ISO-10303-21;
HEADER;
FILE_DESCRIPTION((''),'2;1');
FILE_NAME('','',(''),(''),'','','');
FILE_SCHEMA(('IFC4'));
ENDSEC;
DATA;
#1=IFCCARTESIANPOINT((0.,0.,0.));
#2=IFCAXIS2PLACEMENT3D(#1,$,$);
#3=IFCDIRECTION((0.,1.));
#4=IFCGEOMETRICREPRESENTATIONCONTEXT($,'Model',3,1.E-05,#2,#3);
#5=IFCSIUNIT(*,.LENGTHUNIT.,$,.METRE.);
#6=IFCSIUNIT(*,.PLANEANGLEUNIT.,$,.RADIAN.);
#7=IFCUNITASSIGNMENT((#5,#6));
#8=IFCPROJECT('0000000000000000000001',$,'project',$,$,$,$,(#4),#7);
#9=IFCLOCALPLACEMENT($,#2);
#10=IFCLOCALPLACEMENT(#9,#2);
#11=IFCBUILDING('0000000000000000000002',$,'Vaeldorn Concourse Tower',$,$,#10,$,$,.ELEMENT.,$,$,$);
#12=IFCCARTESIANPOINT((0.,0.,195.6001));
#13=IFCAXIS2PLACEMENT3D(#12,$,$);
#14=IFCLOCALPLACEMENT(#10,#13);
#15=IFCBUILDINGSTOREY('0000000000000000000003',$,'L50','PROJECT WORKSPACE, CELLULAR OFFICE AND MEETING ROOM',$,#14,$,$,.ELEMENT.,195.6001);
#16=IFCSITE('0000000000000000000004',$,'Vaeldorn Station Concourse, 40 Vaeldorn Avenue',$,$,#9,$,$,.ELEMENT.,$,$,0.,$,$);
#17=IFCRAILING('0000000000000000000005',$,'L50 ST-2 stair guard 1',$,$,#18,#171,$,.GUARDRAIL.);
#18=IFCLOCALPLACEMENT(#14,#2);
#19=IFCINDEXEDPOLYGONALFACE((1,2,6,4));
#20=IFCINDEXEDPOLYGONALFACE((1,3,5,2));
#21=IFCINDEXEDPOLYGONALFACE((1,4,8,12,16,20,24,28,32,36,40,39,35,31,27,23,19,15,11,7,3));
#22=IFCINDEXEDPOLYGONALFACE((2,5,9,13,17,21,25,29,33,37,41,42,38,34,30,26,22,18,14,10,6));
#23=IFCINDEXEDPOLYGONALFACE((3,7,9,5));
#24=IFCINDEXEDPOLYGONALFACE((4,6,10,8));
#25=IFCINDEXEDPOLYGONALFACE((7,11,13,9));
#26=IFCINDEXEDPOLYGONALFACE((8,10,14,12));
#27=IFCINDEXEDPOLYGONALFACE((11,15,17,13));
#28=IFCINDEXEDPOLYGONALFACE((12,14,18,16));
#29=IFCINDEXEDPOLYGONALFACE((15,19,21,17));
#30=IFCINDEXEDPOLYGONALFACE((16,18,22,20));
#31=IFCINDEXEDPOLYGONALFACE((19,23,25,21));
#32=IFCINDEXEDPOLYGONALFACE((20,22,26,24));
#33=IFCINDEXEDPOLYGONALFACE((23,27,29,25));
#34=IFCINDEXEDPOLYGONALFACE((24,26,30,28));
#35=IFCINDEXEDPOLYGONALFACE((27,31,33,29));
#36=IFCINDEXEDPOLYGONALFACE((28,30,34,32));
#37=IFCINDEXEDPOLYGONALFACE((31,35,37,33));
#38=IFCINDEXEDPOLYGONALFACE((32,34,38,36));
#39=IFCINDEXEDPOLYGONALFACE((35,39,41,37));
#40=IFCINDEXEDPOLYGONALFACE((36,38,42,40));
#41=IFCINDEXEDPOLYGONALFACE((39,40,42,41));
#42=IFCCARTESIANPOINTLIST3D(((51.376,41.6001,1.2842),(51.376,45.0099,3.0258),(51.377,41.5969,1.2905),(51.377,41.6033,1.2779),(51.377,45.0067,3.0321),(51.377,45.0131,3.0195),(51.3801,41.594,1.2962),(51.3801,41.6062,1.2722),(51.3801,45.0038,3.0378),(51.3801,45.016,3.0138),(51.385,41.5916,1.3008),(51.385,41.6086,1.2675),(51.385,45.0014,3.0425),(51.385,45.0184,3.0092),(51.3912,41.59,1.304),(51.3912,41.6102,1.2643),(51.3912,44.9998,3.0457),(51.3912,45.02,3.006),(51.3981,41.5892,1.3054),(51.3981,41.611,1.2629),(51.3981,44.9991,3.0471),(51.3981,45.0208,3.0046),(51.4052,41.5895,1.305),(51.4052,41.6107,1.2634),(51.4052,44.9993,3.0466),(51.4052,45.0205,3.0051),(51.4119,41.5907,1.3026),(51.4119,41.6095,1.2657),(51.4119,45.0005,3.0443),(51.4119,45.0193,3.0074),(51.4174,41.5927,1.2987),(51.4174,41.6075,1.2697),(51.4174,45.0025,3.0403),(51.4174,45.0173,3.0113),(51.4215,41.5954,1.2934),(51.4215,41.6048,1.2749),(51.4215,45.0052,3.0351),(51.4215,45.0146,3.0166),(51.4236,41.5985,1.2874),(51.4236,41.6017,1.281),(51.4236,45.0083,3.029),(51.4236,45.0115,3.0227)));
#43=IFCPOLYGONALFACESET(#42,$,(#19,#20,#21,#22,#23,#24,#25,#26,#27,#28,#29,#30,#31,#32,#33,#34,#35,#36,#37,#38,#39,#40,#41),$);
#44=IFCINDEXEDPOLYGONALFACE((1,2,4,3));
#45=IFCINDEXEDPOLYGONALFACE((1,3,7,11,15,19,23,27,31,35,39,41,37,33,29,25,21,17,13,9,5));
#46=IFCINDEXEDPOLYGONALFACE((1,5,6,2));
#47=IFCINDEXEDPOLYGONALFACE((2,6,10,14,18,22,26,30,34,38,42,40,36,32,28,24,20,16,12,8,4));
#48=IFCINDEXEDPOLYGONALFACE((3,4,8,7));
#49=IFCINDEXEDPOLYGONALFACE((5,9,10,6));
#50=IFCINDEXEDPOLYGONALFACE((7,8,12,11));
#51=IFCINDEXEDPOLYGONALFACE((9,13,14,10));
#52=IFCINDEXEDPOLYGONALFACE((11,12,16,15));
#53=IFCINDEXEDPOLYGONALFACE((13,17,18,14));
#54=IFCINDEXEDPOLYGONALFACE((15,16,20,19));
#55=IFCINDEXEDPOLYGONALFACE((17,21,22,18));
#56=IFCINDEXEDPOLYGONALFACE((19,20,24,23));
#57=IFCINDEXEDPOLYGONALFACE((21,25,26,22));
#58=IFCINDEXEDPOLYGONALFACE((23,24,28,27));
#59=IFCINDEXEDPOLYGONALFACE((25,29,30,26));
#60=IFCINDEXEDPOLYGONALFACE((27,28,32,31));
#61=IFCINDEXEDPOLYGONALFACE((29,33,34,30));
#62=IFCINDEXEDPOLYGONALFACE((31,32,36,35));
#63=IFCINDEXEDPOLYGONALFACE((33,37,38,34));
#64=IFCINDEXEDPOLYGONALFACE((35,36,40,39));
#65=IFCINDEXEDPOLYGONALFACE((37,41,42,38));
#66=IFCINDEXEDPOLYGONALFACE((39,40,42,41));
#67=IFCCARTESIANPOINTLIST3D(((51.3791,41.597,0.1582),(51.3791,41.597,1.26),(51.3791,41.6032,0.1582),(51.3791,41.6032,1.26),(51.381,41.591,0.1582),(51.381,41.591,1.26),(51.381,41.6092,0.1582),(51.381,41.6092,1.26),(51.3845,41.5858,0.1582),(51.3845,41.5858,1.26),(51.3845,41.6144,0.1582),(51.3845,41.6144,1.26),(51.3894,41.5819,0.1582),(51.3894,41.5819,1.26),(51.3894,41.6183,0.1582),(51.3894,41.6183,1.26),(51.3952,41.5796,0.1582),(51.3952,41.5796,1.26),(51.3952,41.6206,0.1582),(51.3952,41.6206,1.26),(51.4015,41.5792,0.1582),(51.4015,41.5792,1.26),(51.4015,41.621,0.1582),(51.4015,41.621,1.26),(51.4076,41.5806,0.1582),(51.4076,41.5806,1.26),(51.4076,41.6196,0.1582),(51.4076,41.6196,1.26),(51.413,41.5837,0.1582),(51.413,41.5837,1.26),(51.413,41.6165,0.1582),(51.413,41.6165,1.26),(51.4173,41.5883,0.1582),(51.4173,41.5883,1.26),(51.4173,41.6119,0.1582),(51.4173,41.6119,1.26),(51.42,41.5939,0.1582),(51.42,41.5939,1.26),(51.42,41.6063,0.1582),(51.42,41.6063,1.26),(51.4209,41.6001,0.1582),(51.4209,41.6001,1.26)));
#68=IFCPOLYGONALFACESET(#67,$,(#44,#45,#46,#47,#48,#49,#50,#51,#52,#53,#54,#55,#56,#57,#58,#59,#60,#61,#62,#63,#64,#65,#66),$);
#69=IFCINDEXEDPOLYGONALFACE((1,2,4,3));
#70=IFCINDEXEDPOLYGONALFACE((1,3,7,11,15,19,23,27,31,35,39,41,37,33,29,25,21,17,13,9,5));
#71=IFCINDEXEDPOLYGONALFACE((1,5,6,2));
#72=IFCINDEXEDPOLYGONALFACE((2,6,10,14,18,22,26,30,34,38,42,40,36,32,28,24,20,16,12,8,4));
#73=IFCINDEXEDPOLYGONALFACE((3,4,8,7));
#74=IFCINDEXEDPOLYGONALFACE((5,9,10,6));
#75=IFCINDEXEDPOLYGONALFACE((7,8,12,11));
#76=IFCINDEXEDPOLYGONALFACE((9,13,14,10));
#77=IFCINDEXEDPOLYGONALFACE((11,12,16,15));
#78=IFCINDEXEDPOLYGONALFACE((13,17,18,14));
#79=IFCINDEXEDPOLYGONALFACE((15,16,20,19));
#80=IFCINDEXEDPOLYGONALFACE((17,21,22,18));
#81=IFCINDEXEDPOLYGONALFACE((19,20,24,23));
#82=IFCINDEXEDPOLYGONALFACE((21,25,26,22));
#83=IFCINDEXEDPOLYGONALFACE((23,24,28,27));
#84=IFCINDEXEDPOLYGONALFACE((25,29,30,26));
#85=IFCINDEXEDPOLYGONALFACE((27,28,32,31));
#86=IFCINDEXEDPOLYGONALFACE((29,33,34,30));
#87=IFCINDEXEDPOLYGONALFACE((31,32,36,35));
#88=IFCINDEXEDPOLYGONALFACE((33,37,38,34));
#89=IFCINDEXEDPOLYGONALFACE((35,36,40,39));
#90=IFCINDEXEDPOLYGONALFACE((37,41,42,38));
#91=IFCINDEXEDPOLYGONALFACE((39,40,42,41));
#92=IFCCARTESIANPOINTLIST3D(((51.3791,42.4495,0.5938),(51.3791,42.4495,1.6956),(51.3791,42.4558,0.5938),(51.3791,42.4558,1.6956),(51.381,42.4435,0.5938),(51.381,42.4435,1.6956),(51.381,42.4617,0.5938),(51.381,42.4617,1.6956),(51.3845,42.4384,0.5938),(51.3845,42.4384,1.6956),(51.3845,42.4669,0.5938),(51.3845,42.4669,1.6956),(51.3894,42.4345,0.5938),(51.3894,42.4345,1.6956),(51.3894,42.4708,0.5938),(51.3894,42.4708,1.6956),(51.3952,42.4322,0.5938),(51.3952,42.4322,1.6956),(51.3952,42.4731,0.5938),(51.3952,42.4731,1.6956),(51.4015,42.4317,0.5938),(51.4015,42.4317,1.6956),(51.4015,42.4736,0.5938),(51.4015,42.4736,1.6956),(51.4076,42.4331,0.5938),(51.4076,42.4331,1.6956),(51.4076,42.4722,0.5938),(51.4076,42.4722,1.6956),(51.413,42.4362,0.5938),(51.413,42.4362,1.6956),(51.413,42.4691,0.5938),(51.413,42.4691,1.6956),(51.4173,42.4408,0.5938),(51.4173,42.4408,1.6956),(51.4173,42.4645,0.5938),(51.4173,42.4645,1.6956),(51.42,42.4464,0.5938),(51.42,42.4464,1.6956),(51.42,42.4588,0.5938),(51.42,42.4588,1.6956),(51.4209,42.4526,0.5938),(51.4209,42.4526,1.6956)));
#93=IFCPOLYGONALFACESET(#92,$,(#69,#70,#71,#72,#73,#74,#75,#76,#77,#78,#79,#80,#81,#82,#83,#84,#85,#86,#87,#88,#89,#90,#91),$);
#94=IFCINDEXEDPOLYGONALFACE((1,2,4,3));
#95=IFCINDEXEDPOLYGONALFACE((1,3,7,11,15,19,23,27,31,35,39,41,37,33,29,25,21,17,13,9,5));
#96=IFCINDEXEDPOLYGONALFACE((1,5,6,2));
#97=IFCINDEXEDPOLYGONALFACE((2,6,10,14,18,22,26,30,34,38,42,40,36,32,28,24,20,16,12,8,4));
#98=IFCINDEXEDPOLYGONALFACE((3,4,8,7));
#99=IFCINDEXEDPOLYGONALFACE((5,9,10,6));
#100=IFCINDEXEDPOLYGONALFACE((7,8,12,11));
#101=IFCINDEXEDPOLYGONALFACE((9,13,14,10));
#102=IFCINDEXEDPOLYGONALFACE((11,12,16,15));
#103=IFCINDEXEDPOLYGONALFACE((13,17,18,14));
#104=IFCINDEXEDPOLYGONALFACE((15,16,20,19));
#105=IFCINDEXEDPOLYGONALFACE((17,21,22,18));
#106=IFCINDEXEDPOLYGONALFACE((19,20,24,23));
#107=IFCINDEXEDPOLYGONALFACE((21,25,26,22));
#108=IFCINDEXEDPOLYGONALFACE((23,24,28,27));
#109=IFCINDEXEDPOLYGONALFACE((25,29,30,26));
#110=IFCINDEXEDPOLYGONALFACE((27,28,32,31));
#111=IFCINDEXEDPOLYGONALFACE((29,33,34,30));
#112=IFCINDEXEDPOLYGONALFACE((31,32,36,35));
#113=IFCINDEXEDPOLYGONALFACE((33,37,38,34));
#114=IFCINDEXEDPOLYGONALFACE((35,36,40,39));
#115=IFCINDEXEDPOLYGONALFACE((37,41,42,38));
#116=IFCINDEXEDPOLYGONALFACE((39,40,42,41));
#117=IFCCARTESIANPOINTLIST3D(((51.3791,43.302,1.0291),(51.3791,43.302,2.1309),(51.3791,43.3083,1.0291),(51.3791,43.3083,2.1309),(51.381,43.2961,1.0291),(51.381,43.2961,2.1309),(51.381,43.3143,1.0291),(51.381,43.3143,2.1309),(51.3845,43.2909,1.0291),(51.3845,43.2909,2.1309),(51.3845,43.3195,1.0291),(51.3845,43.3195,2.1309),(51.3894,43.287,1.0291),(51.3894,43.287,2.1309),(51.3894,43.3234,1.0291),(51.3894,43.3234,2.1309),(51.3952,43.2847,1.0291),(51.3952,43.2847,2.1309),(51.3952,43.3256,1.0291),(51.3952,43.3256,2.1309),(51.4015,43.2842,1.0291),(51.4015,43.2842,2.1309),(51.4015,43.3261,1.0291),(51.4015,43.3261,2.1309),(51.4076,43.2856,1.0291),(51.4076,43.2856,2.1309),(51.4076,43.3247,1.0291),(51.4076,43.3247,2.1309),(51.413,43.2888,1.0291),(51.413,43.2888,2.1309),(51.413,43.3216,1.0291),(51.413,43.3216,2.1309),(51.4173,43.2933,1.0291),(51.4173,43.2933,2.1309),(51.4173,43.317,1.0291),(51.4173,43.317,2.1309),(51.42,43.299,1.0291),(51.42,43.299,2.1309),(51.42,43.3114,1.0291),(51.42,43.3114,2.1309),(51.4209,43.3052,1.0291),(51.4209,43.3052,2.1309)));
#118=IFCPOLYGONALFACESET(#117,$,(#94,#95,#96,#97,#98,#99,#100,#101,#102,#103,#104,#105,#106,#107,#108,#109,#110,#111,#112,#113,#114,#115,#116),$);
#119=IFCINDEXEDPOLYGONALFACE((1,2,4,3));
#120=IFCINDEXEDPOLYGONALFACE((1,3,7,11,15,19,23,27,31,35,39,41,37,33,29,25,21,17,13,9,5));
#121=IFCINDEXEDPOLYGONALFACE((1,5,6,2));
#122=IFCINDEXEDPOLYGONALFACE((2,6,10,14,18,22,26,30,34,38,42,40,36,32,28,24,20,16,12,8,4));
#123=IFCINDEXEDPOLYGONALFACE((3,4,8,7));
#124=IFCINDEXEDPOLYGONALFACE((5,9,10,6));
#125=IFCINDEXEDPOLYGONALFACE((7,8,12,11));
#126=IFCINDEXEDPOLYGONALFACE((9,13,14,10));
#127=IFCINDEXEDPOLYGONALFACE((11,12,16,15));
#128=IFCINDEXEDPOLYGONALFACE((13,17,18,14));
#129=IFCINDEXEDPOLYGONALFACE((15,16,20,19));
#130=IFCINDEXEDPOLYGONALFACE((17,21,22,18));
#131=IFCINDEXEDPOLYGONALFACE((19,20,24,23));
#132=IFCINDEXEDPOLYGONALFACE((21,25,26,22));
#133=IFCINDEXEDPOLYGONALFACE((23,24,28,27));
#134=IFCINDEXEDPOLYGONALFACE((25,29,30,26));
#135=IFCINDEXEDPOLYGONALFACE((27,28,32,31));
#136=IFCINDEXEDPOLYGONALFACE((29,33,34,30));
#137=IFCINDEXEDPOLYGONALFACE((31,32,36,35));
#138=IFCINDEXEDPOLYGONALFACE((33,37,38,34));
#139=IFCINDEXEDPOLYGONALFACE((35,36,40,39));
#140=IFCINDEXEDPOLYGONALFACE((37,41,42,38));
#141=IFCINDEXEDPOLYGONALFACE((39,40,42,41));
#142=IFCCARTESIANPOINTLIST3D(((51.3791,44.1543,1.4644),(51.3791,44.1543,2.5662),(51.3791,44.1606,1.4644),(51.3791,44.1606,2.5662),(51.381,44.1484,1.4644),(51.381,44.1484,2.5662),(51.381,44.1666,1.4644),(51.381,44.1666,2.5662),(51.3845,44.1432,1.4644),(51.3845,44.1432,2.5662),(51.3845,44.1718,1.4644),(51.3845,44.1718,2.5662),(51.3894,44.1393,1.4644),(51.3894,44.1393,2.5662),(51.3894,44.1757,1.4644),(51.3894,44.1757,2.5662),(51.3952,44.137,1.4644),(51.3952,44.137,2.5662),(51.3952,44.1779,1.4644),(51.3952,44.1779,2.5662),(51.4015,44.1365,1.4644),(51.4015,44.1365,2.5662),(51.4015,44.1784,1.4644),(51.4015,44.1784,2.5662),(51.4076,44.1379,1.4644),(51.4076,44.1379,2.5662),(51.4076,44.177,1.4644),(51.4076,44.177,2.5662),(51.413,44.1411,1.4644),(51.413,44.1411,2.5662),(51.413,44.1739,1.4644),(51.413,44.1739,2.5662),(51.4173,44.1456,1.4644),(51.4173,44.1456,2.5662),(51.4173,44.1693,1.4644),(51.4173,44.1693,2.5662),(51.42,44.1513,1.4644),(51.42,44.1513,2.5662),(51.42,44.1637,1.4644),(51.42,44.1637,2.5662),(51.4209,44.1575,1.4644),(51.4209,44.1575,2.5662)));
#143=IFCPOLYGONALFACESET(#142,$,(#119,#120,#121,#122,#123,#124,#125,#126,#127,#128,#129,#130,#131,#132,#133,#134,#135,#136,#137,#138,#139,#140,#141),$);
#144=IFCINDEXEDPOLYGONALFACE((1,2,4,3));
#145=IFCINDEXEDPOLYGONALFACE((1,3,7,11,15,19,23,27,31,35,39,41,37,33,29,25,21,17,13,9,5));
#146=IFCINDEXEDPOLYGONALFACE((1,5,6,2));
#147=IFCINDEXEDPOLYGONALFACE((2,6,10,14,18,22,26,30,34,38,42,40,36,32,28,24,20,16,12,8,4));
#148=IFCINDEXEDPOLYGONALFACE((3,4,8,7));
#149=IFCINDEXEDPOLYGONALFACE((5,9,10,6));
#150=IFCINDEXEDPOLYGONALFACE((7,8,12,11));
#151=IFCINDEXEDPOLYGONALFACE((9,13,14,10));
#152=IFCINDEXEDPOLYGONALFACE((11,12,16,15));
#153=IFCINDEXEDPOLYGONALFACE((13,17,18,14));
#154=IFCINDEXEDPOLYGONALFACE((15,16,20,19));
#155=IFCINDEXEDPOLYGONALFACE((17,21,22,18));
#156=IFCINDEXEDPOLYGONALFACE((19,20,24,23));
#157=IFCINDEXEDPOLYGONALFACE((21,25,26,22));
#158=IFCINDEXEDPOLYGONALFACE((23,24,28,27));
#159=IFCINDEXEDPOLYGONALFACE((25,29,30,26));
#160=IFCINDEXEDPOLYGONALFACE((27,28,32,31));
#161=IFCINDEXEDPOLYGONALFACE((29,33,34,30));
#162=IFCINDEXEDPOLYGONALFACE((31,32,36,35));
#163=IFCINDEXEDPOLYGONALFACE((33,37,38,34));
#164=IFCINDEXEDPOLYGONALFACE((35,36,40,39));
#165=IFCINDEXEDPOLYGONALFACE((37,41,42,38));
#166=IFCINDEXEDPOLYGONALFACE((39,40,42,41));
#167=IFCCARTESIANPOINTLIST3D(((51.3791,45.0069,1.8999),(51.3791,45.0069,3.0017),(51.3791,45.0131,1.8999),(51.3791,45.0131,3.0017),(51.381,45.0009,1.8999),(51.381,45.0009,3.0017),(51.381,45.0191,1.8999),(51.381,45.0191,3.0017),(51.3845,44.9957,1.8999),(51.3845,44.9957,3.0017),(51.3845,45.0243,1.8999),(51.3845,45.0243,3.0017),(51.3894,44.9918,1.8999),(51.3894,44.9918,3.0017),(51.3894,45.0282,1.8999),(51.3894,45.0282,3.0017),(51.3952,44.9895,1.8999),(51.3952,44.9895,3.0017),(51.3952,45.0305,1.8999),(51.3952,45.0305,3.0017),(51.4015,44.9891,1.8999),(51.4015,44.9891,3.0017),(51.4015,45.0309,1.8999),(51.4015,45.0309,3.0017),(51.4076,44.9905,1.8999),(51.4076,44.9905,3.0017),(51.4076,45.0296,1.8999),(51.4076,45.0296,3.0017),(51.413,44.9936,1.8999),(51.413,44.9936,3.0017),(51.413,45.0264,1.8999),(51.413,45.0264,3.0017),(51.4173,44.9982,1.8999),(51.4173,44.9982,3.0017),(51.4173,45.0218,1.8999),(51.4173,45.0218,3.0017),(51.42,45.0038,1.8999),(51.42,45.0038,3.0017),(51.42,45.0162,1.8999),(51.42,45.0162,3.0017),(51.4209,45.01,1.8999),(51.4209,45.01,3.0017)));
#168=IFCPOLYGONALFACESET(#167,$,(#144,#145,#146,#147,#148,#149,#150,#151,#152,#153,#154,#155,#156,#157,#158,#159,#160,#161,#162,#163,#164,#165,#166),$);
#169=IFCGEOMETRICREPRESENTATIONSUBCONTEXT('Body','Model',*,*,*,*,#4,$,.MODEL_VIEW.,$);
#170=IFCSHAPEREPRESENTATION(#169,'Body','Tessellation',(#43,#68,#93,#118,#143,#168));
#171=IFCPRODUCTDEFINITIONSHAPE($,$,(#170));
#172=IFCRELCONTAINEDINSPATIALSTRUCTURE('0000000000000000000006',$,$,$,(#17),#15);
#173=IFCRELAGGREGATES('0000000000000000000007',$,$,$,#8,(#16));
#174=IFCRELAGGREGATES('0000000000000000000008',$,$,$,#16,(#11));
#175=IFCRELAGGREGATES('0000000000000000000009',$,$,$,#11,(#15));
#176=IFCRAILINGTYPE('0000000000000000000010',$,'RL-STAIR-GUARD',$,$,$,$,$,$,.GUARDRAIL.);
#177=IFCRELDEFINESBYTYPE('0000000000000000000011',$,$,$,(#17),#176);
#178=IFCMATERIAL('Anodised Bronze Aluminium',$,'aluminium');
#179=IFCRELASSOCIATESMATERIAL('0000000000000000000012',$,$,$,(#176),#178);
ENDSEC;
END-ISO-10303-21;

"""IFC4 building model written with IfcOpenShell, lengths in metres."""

from ifc_helpers import new_model, si_unit, direction, frame, origin, origin_2d, place, context, subcontext, project, spatial, circle, extrude, material, type_object, element, save


model = new_model("IFC4")

# Units and contexts
model_context = context("Model", 3, precision=1e-05, world=origin(), true_north=direction((0.0, 1.0)))
body_context = subcontext(model_context, "Body", "Model", "MODEL_VIEW")
ifc_project = project(units=[si_unit("LENGTHUNIT", "METRE"), si_unit("PLANEANGLEUNIT", "RADIAN")], contexts=[model_context])

# Site, building, storey
site_placement = place(None, origin())
site = spatial("IfcSite", under=ifc_project, at=site_placement, Name="Vaeldorn Station Concourse, 40 Vaeldorn Avenue", CompositionType="ELEMENT", RefElevation=0.0)
building_placement = place(site_placement, origin())
building = spatial("IfcBuilding", under=site, at=building_placement, Name="Vaeldorn Concourse Tower", CompositionType="ELEMENT")
storey_placement = place(building_placement, frame((0.0, 0.0, 195.6001)))
storey = spatial("IfcBuildingStorey", under=building, at=storey_placement, Name="L50", Description="PROJECT WORKSPACE, CELLULAR OFFICE AND MEETING ROOM", CompositionType="ELEMENT", Elevation=195.6001)

# Shared definitions
ifc_material_1 = material(Name="Anodised Bronze Aluminium", Category="aluminium")

# Railing
railing_type_1 = type_object("IfcRailingType", Name="RL-STAIR-GUARD", PredefinedType="GUARDRAIL", material=ifc_material_1)
railing_1_placement = place(storey_placement, frame((51.3999, 41.6001, 0.1582)))
element("IfcRailing", 1, at=railing_1_placement, inside=storey, type_object=railing_type_1, Name="L50 ST-2 stair guard 1", PredefinedType="GUARDRAIL", context=body_context, shape_type="SweptSolid", body=[
    extrude(circle(Radius=0.0239, at=origin_2d()), frame((0.0, 0.0, 1.126), z_axis=(0.0, 0.890556, 0.454874), x_axis=(-1.0, 0.0, 0.0)), (0.0, 0.0, 1.0), 3.8289),
    extrude(circle(Radius=0.021, at=origin_2d()), origin(), (0.0, 0.0, 1.0), 1.1018),
    extrude(circle(Radius=0.021, at=origin_2d()), frame((0.0, 0.8525, 0.4355)), (0.0, 0.0, 1.0), 1.1018),
    extrude(circle(Radius=0.021, at=origin_2d()), frame((0.0, 1.7051, 0.8708)), (0.0, 0.0, 1.0), 1.1018),
    extrude(circle(Radius=0.021, at=origin_2d()), frame((0.0, 2.5574, 1.3062)), (0.0, 0.0, 1.0), 1.1018),
    extrude(circle(Radius=0.021, at=origin_2d()), frame((0.0, 3.4099, 1.7417)), (0.0, 0.0, 1.0), 1.1018),
])

save(model, "model.ifc")
